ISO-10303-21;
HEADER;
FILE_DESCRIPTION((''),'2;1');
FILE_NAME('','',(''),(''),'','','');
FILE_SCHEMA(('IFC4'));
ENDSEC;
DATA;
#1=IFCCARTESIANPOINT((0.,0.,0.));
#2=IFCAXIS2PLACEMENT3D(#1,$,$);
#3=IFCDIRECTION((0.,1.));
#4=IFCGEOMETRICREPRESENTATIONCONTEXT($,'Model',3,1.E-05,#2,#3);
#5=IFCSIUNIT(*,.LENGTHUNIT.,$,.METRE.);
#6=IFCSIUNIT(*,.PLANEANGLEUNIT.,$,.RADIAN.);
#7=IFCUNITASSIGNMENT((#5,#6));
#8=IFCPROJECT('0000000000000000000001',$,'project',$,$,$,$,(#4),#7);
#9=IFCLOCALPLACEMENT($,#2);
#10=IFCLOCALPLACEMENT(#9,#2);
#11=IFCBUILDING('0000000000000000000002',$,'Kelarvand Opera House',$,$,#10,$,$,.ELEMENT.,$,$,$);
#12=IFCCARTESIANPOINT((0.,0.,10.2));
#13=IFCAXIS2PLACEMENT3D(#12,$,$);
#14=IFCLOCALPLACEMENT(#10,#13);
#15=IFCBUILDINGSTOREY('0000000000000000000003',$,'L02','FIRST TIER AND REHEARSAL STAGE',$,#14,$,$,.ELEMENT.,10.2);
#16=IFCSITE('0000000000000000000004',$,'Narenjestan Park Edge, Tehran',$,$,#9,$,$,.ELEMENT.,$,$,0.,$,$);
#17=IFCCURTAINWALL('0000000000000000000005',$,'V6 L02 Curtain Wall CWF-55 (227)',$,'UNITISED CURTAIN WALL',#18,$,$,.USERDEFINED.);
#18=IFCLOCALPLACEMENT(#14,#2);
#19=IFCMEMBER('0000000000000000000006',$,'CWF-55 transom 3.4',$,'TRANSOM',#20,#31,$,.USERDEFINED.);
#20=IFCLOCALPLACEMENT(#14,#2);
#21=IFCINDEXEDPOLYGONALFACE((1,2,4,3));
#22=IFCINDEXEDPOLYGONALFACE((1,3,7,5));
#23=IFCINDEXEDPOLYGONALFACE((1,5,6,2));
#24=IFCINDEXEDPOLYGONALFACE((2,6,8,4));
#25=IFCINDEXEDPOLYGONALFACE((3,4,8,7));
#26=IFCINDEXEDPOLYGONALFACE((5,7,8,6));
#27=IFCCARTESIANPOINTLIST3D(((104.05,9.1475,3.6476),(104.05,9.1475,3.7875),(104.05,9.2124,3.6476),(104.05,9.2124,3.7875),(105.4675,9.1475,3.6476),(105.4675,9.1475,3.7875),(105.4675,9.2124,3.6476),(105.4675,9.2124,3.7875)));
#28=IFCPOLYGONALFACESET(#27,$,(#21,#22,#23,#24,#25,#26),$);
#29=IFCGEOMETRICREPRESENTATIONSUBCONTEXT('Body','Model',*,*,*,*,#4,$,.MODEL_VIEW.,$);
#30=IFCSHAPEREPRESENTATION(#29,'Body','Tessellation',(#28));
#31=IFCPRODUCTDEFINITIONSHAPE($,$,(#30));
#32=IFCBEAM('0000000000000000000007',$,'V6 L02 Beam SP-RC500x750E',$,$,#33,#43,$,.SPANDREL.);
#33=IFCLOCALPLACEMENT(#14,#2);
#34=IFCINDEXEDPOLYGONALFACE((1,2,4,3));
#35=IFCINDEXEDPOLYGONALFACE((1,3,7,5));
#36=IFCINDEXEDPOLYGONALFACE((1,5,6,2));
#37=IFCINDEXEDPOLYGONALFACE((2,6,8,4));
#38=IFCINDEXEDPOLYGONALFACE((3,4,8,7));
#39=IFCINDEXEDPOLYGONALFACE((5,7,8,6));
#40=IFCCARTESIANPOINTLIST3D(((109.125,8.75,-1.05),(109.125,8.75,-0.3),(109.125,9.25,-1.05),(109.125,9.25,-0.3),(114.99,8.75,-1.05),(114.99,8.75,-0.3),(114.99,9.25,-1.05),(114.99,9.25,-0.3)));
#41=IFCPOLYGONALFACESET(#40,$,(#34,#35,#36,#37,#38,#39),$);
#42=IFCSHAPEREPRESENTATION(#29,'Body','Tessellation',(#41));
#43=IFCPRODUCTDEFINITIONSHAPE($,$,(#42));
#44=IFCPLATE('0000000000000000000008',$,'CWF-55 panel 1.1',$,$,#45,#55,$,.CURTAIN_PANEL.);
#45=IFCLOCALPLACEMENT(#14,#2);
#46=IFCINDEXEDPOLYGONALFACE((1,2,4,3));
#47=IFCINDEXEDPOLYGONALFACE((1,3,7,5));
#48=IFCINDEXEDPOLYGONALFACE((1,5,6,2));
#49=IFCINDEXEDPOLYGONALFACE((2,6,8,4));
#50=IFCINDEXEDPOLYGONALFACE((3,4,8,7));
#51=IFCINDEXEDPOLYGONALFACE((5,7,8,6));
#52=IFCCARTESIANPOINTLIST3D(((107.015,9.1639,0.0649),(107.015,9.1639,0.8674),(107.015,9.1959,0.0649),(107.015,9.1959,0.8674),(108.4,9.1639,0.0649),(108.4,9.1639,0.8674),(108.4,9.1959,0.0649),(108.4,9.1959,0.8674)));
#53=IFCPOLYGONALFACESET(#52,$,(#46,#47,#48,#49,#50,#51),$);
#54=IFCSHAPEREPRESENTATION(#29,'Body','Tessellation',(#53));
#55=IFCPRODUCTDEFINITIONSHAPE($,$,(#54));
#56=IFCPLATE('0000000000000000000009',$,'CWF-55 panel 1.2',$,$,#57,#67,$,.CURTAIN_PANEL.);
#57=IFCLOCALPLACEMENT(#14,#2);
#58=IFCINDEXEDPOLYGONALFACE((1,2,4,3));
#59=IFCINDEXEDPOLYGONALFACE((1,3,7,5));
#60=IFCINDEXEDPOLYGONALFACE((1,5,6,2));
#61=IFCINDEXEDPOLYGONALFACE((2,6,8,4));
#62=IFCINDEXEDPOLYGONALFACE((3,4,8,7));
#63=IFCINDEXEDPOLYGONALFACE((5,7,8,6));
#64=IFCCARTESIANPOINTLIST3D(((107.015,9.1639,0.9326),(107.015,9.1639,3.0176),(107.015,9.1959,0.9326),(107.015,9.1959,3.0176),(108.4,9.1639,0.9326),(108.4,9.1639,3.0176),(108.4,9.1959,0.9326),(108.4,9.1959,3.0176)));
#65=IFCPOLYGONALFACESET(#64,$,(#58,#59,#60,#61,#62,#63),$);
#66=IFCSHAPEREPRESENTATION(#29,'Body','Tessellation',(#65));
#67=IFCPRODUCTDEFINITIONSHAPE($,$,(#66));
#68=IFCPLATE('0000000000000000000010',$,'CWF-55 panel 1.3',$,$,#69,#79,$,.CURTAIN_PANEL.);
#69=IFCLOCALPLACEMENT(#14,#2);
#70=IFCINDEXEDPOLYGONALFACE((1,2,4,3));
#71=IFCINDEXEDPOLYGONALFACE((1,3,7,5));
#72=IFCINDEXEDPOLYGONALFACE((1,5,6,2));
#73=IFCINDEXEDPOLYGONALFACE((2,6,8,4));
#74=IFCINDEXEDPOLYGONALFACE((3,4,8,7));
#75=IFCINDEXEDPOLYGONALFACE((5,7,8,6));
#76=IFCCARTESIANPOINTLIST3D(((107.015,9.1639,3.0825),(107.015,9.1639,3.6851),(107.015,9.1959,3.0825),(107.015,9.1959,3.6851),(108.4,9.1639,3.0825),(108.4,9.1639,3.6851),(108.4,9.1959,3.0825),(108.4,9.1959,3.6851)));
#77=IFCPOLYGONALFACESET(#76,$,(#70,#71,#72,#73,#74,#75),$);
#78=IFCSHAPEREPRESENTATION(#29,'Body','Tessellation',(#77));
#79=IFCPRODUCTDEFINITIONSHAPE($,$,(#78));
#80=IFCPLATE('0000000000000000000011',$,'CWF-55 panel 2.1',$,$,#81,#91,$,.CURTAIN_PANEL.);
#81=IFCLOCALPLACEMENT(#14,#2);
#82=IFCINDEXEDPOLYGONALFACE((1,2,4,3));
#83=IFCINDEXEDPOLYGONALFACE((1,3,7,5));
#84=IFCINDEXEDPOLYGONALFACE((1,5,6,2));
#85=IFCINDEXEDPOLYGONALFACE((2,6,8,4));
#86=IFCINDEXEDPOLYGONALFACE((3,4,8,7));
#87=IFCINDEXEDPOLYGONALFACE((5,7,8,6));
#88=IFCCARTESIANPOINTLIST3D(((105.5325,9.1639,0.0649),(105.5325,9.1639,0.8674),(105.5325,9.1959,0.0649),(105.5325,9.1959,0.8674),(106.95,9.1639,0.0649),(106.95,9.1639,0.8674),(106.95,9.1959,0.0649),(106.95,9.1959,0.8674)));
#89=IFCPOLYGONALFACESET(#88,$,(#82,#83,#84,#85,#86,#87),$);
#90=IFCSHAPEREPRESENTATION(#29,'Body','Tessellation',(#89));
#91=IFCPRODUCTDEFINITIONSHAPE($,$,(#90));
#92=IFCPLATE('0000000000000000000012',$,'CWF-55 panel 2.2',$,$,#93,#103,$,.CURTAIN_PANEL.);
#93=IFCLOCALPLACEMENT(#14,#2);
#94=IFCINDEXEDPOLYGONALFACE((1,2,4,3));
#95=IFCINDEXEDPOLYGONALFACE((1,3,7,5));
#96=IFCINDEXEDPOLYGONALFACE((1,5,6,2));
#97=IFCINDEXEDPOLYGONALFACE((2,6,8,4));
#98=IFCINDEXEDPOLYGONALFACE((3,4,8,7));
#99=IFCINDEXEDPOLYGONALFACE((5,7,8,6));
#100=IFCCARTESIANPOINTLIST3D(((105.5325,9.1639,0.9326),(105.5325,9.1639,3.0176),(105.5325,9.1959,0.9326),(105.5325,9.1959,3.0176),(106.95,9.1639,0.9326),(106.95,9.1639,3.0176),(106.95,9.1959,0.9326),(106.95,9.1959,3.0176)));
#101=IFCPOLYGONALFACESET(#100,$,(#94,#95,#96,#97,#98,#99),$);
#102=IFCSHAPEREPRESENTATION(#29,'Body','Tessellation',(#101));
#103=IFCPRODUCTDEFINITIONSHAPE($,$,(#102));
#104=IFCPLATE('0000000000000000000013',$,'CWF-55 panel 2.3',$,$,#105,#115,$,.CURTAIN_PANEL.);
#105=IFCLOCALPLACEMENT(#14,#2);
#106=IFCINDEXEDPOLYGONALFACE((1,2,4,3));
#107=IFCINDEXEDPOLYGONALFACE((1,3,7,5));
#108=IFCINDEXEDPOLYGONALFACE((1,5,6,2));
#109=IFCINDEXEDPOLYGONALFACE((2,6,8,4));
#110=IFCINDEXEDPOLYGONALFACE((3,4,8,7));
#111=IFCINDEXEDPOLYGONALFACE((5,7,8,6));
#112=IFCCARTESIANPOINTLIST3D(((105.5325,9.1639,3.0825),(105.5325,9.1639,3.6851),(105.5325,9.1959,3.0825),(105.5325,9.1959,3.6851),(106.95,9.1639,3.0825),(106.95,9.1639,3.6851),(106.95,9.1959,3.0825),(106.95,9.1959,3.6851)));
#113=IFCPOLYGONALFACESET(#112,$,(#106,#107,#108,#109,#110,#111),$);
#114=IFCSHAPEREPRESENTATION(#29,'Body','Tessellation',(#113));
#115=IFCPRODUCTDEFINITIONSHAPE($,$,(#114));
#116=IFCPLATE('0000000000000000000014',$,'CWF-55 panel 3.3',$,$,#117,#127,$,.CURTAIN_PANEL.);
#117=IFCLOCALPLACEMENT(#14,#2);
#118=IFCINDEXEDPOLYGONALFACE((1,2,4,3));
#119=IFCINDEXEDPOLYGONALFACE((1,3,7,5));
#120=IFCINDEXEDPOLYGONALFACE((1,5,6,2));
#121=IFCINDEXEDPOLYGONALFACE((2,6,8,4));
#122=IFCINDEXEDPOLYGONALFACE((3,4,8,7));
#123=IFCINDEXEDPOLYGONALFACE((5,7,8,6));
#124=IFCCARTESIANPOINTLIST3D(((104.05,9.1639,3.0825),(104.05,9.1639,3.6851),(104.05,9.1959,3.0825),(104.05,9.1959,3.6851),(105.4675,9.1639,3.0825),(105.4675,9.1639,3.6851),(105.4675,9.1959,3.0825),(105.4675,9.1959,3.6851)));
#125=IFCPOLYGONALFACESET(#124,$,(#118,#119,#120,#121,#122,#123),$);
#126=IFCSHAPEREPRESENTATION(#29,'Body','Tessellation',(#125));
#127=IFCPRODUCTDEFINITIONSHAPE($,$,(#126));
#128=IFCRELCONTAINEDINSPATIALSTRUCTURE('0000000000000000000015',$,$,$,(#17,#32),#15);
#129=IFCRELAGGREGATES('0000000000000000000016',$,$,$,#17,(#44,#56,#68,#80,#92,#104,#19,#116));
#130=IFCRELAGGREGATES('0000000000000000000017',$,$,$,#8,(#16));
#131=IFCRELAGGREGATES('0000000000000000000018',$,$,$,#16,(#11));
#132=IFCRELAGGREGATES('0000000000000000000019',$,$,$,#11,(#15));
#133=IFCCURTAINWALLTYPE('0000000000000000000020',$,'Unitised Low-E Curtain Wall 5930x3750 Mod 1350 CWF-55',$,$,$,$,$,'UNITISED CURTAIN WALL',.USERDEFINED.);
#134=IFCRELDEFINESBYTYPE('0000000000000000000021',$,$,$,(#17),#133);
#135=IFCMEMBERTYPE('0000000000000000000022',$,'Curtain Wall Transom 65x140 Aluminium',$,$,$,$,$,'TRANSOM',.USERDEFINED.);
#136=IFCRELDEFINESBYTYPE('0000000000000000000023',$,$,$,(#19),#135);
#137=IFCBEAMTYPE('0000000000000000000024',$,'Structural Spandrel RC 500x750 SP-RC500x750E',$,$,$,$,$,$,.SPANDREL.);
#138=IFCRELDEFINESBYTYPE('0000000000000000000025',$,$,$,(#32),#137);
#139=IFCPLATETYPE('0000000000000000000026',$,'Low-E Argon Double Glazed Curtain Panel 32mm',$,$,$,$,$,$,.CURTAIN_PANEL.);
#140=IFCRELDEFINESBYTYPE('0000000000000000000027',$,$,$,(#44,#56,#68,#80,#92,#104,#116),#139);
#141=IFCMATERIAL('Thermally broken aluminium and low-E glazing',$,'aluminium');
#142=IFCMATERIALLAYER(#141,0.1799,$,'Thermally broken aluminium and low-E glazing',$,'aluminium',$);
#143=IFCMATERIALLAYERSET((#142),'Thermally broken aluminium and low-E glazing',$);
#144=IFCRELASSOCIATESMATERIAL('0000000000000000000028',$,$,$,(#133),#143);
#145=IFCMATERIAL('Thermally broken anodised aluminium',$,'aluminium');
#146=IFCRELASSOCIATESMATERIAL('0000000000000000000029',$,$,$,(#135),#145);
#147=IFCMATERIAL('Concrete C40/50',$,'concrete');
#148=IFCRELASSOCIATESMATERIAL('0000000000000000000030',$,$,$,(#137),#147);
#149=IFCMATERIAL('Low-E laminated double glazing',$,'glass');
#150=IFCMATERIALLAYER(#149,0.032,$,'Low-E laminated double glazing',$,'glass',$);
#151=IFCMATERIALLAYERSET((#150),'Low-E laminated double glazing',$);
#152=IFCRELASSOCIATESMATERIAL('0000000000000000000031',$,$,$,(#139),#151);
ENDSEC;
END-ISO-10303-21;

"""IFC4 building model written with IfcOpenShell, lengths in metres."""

from ifc_helpers import new_model, si_unit, direction, frame, origin, origin_2d, place, context, subcontext, project, spatial, rectangle, extrude, material, layer, layer_set, material_profile, profile_set, type_object, element, aggregate, save


model = new_model("IFC4")

# Units and contexts
model_context = context("Model", 3, precision=1e-05, world=origin(), true_north=direction((0.0, 1.0)))
body_context = subcontext(model_context, "Body", "Model", "MODEL_VIEW")
ifc_project = project(units=[si_unit("LENGTHUNIT", "METRE"), si_unit("PLANEANGLEUNIT", "RADIAN")], contexts=[model_context])

# Site, building, storey
site_placement = place(None, origin())
site = spatial("IfcSite", under=ifc_project, at=site_placement, Name="Narenjestan Park Edge, Tehran", CompositionType="ELEMENT", RefElevation=0.0)
building_placement = place(site_placement, origin())
building = spatial("IfcBuilding", under=site, at=building_placement, Name="Kelarvand Opera House", CompositionType="ELEMENT")
storey_placement = place(building_placement, frame((0.0, 0.0, 10.2)))
storey = spatial("IfcBuildingStorey", under=building, at=storey_placement, Name="L02", Description="FIRST TIER AND REHEARSAL STAGE", CompositionType="ELEMENT", Elevation=10.2)

# Shared definitions
ifc_material_1 = material(Name="Concrete C40/50", Category="concrete")

# Curtain wall, member
ifc_material_2 = material(Name="Thermally broken aluminium and low-E glazing", Category="aluminium")
ifc_layer_1 = layer(ifc_material_2, 0.1799, Name="Thermally broken aluminium and low-E glazing", Category="aluminium")
ifc_layer_set_1 = layer_set([ifc_layer_1], Name="Thermally broken aluminium and low-E glazing")
curtain_wall_type = type_object("IfcCurtainWallType", Name="Unitised Low-E Curtain Wall 5930x3750 Mod 1350 CWF-55", ElementType="UNITISED CURTAIN WALL", PredefinedType="USERDEFINED", material=ifc_layer_set_1)
curtain_wall_placement = place(storey_placement, origin())
curtain_wall = element("IfcCurtainWall", 1, at=curtain_wall_placement, inside=storey, type_object=curtain_wall_type, Name="V6 L02 Curtain Wall CWF-55 (227)", ObjectType="UNITISED CURTAIN WALL", PredefinedType="USERDEFINED")
ifc_material_3 = material(Name="Thermally broken anodised aluminium", Category="aluminium")
ifc_material_profile_1 = material_profile(ifc_material_3, rectangle(XDim=0.0649, YDim=0.1399, at=origin_2d()), Name="ALU TRANSOM 65x140", Category="aluminium")
ifc_profile_set_1 = profile_set([ifc_material_profile_1], Name="Thermally broken anodised aluminium")
member_type_1 = type_object("IfcMemberType", Name="Curtain Wall Transom 65x140 Aluminium", ElementType="TRANSOM", PredefinedType="USERDEFINED", material=ifc_profile_set_1)
member_1_placement = place(storey_placement, frame((105.4675, 9.1799, 3.7175), z_axis=(-1.0, 0.0, 0.0), x_axis=(0.0, -1.0, 0.0)))
member_1 = element("IfcMember", 2, at=member_1_placement, type_object=member_type_1, Name="CWF-55 transom 3.4", ObjectType="TRANSOM", PredefinedType="USERDEFINED", context=body_context, shape_type="SweptSolid", body=[
    extrude(rectangle(XDim=0.0649, YDim=0.1399, at=origin_2d()), origin(), (0.0, 0.0, 1.0), 1.4175),
])

# Beam
ifc_material_profile_2 = material_profile(ifc_material_1, rectangle(XDim=0.5, YDim=0.75, at=origin_2d()), Name="RC 500x750", Category="concrete")
ifc_profile_set_2 = profile_set([ifc_material_profile_2], Name="Concrete C40/50")
beam_type = type_object("IfcBeamType", Name="Structural Spandrel RC 500x750 SP-RC500x750E", PredefinedType="SPANDREL", material=ifc_profile_set_2)
beam_placement = place(storey_placement, frame((109.125, 9.0, -0.675), z_axis=(1.0, 0.0, 0.0), x_axis=(0.0, 1.0, 0.0)))
element("IfcBeam", 3, at=beam_placement, inside=storey, type_object=beam_type, Name="V6 L02 Beam SP-RC500x750E", PredefinedType="SPANDREL", context=body_context, shape_type="SweptSolid", body=[
    extrude(rectangle(XDim=0.5, YDim=0.75, at=origin_2d()), origin(), (0.0, 0.0, 1.0), 5.865),
])

# Plates
ifc_material_4 = material(Name="Low-E laminated double glazing", Category="glass")
ifc_layer_2 = layer(ifc_material_4, 0.032, Name="Low-E laminated double glazing", Category="glass")
ifc_layer_set_2 = layer_set([ifc_layer_2], Name="Low-E laminated double glazing")
plate_type = type_object("IfcPlateType", Name="Low-E Argon Double Glazed Curtain Panel 32mm", PredefinedType="CURTAIN_PANEL", material=ifc_layer_set_2)
plate_1_placement = place(storey_placement, frame((107.7075, 9.1799, 0.0649), z_axis=(0.0, 0.0, 1.0), x_axis=(-1.0, 0.0, 0.0)))
plate_1 = element("IfcPlate", 4, at=plate_1_placement, type_object=plate_type, Name="CWF-55 panel 1.1", PredefinedType="CURTAIN_PANEL", context=body_context, shape_type="SweptSolid", body=[
    extrude(rectangle(XDim=1.385, YDim=0.032, at=origin_2d()), origin(), (0.0, 0.0, 1.0), 0.8025),
])
plate_2_placement = place(storey_placement, frame((107.7075, 9.1799, 0.9326), z_axis=(0.0, 0.0, 1.0), x_axis=(-1.0, 0.0, 0.0)))
plate_2 = element("IfcPlate", 5, at=plate_2_placement, type_object=plate_type, Name="CWF-55 panel 1.2", PredefinedType="CURTAIN_PANEL", context=body_context, shape_type="SweptSolid", body=[
    extrude(rectangle(XDim=1.385, YDim=0.032, at=origin_2d()), origin(), (0.0, 0.0, 1.0), 2.085),
])
plate_3_placement = place(storey_placement, frame((107.7075, 9.1799, 3.0825), z_axis=(0.0, 0.0, 1.0), x_axis=(-1.0, 0.0, 0.0)))
plate_3 = element("IfcPlate", 6, at=plate_3_placement, type_object=plate_type, Name="CWF-55 panel 1.3", PredefinedType="CURTAIN_PANEL", context=body_context, shape_type="SweptSolid", body=[
    extrude(rectangle(XDim=1.385, YDim=0.032, at=origin_2d()), origin(), (0.0, 0.0, 1.0), 0.6025),
])
plate_4_placement = place(storey_placement, frame((106.2412, 9.1799, 0.0649), z_axis=(0.0, 0.0, 1.0), x_axis=(-1.0, 0.0, 0.0)))
plate_4 = element("IfcPlate", 7, at=plate_4_placement, type_object=plate_type, Name="CWF-55 panel 2.1", PredefinedType="CURTAIN_PANEL", context=body_context, shape_type="SweptSolid", body=[
    extrude(rectangle(XDim=1.4175, YDim=0.032, at=origin_2d()), origin(), (0.0, 0.0, 1.0), 0.8025),
])
plate_5_placement = place(storey_placement, frame((106.2412, 9.1799, 0.9326), z_axis=(0.0, 0.0, 1.0), x_axis=(-1.0, 0.0, 0.0)))
plate_5 = element("IfcPlate", 8, at=plate_5_placement, type_object=plate_type, Name="CWF-55 panel 2.2", PredefinedType="CURTAIN_PANEL", context=body_context, shape_type="SweptSolid", body=[
    extrude(rectangle(XDim=1.4175, YDim=0.032, at=origin_2d()), origin(), (0.0, 0.0, 1.0), 2.085),
])
plate_6_placement = place(storey_placement, frame((106.2412, 9.1799, 3.0825), z_axis=(0.0, 0.0, 1.0), x_axis=(-1.0, 0.0, 0.0)))
plate_6 = element("IfcPlate", 9, at=plate_6_placement, type_object=plate_type, Name="CWF-55 panel 2.3", PredefinedType="CURTAIN_PANEL", context=body_context, shape_type="SweptSolid", body=[
    extrude(rectangle(XDim=1.4175, YDim=0.032, at=origin_2d()), origin(), (0.0, 0.0, 1.0), 0.6025),
])
plate_7_placement = place(storey_placement, frame((104.7588, 9.1799, 3.0825), z_axis=(0.0, 0.0, 1.0), x_axis=(-1.0, 0.0, 0.0)))
plate_7 = element("IfcPlate", 10, at=plate_7_placement, type_object=plate_type, Name="CWF-55 panel 3.3", PredefinedType="CURTAIN_PANEL", context=body_context, shape_type="SweptSolid", body=[
    extrude(rectangle(XDim=1.4175, YDim=0.032, at=origin_2d()), origin(), (0.0, 0.0, 1.0), 0.6025),
])
aggregate(curtain_wall, [plate_1, plate_2, plate_3, plate_4, plate_5, plate_6, member_1, plate_7])

save(model, "model.ifc")
